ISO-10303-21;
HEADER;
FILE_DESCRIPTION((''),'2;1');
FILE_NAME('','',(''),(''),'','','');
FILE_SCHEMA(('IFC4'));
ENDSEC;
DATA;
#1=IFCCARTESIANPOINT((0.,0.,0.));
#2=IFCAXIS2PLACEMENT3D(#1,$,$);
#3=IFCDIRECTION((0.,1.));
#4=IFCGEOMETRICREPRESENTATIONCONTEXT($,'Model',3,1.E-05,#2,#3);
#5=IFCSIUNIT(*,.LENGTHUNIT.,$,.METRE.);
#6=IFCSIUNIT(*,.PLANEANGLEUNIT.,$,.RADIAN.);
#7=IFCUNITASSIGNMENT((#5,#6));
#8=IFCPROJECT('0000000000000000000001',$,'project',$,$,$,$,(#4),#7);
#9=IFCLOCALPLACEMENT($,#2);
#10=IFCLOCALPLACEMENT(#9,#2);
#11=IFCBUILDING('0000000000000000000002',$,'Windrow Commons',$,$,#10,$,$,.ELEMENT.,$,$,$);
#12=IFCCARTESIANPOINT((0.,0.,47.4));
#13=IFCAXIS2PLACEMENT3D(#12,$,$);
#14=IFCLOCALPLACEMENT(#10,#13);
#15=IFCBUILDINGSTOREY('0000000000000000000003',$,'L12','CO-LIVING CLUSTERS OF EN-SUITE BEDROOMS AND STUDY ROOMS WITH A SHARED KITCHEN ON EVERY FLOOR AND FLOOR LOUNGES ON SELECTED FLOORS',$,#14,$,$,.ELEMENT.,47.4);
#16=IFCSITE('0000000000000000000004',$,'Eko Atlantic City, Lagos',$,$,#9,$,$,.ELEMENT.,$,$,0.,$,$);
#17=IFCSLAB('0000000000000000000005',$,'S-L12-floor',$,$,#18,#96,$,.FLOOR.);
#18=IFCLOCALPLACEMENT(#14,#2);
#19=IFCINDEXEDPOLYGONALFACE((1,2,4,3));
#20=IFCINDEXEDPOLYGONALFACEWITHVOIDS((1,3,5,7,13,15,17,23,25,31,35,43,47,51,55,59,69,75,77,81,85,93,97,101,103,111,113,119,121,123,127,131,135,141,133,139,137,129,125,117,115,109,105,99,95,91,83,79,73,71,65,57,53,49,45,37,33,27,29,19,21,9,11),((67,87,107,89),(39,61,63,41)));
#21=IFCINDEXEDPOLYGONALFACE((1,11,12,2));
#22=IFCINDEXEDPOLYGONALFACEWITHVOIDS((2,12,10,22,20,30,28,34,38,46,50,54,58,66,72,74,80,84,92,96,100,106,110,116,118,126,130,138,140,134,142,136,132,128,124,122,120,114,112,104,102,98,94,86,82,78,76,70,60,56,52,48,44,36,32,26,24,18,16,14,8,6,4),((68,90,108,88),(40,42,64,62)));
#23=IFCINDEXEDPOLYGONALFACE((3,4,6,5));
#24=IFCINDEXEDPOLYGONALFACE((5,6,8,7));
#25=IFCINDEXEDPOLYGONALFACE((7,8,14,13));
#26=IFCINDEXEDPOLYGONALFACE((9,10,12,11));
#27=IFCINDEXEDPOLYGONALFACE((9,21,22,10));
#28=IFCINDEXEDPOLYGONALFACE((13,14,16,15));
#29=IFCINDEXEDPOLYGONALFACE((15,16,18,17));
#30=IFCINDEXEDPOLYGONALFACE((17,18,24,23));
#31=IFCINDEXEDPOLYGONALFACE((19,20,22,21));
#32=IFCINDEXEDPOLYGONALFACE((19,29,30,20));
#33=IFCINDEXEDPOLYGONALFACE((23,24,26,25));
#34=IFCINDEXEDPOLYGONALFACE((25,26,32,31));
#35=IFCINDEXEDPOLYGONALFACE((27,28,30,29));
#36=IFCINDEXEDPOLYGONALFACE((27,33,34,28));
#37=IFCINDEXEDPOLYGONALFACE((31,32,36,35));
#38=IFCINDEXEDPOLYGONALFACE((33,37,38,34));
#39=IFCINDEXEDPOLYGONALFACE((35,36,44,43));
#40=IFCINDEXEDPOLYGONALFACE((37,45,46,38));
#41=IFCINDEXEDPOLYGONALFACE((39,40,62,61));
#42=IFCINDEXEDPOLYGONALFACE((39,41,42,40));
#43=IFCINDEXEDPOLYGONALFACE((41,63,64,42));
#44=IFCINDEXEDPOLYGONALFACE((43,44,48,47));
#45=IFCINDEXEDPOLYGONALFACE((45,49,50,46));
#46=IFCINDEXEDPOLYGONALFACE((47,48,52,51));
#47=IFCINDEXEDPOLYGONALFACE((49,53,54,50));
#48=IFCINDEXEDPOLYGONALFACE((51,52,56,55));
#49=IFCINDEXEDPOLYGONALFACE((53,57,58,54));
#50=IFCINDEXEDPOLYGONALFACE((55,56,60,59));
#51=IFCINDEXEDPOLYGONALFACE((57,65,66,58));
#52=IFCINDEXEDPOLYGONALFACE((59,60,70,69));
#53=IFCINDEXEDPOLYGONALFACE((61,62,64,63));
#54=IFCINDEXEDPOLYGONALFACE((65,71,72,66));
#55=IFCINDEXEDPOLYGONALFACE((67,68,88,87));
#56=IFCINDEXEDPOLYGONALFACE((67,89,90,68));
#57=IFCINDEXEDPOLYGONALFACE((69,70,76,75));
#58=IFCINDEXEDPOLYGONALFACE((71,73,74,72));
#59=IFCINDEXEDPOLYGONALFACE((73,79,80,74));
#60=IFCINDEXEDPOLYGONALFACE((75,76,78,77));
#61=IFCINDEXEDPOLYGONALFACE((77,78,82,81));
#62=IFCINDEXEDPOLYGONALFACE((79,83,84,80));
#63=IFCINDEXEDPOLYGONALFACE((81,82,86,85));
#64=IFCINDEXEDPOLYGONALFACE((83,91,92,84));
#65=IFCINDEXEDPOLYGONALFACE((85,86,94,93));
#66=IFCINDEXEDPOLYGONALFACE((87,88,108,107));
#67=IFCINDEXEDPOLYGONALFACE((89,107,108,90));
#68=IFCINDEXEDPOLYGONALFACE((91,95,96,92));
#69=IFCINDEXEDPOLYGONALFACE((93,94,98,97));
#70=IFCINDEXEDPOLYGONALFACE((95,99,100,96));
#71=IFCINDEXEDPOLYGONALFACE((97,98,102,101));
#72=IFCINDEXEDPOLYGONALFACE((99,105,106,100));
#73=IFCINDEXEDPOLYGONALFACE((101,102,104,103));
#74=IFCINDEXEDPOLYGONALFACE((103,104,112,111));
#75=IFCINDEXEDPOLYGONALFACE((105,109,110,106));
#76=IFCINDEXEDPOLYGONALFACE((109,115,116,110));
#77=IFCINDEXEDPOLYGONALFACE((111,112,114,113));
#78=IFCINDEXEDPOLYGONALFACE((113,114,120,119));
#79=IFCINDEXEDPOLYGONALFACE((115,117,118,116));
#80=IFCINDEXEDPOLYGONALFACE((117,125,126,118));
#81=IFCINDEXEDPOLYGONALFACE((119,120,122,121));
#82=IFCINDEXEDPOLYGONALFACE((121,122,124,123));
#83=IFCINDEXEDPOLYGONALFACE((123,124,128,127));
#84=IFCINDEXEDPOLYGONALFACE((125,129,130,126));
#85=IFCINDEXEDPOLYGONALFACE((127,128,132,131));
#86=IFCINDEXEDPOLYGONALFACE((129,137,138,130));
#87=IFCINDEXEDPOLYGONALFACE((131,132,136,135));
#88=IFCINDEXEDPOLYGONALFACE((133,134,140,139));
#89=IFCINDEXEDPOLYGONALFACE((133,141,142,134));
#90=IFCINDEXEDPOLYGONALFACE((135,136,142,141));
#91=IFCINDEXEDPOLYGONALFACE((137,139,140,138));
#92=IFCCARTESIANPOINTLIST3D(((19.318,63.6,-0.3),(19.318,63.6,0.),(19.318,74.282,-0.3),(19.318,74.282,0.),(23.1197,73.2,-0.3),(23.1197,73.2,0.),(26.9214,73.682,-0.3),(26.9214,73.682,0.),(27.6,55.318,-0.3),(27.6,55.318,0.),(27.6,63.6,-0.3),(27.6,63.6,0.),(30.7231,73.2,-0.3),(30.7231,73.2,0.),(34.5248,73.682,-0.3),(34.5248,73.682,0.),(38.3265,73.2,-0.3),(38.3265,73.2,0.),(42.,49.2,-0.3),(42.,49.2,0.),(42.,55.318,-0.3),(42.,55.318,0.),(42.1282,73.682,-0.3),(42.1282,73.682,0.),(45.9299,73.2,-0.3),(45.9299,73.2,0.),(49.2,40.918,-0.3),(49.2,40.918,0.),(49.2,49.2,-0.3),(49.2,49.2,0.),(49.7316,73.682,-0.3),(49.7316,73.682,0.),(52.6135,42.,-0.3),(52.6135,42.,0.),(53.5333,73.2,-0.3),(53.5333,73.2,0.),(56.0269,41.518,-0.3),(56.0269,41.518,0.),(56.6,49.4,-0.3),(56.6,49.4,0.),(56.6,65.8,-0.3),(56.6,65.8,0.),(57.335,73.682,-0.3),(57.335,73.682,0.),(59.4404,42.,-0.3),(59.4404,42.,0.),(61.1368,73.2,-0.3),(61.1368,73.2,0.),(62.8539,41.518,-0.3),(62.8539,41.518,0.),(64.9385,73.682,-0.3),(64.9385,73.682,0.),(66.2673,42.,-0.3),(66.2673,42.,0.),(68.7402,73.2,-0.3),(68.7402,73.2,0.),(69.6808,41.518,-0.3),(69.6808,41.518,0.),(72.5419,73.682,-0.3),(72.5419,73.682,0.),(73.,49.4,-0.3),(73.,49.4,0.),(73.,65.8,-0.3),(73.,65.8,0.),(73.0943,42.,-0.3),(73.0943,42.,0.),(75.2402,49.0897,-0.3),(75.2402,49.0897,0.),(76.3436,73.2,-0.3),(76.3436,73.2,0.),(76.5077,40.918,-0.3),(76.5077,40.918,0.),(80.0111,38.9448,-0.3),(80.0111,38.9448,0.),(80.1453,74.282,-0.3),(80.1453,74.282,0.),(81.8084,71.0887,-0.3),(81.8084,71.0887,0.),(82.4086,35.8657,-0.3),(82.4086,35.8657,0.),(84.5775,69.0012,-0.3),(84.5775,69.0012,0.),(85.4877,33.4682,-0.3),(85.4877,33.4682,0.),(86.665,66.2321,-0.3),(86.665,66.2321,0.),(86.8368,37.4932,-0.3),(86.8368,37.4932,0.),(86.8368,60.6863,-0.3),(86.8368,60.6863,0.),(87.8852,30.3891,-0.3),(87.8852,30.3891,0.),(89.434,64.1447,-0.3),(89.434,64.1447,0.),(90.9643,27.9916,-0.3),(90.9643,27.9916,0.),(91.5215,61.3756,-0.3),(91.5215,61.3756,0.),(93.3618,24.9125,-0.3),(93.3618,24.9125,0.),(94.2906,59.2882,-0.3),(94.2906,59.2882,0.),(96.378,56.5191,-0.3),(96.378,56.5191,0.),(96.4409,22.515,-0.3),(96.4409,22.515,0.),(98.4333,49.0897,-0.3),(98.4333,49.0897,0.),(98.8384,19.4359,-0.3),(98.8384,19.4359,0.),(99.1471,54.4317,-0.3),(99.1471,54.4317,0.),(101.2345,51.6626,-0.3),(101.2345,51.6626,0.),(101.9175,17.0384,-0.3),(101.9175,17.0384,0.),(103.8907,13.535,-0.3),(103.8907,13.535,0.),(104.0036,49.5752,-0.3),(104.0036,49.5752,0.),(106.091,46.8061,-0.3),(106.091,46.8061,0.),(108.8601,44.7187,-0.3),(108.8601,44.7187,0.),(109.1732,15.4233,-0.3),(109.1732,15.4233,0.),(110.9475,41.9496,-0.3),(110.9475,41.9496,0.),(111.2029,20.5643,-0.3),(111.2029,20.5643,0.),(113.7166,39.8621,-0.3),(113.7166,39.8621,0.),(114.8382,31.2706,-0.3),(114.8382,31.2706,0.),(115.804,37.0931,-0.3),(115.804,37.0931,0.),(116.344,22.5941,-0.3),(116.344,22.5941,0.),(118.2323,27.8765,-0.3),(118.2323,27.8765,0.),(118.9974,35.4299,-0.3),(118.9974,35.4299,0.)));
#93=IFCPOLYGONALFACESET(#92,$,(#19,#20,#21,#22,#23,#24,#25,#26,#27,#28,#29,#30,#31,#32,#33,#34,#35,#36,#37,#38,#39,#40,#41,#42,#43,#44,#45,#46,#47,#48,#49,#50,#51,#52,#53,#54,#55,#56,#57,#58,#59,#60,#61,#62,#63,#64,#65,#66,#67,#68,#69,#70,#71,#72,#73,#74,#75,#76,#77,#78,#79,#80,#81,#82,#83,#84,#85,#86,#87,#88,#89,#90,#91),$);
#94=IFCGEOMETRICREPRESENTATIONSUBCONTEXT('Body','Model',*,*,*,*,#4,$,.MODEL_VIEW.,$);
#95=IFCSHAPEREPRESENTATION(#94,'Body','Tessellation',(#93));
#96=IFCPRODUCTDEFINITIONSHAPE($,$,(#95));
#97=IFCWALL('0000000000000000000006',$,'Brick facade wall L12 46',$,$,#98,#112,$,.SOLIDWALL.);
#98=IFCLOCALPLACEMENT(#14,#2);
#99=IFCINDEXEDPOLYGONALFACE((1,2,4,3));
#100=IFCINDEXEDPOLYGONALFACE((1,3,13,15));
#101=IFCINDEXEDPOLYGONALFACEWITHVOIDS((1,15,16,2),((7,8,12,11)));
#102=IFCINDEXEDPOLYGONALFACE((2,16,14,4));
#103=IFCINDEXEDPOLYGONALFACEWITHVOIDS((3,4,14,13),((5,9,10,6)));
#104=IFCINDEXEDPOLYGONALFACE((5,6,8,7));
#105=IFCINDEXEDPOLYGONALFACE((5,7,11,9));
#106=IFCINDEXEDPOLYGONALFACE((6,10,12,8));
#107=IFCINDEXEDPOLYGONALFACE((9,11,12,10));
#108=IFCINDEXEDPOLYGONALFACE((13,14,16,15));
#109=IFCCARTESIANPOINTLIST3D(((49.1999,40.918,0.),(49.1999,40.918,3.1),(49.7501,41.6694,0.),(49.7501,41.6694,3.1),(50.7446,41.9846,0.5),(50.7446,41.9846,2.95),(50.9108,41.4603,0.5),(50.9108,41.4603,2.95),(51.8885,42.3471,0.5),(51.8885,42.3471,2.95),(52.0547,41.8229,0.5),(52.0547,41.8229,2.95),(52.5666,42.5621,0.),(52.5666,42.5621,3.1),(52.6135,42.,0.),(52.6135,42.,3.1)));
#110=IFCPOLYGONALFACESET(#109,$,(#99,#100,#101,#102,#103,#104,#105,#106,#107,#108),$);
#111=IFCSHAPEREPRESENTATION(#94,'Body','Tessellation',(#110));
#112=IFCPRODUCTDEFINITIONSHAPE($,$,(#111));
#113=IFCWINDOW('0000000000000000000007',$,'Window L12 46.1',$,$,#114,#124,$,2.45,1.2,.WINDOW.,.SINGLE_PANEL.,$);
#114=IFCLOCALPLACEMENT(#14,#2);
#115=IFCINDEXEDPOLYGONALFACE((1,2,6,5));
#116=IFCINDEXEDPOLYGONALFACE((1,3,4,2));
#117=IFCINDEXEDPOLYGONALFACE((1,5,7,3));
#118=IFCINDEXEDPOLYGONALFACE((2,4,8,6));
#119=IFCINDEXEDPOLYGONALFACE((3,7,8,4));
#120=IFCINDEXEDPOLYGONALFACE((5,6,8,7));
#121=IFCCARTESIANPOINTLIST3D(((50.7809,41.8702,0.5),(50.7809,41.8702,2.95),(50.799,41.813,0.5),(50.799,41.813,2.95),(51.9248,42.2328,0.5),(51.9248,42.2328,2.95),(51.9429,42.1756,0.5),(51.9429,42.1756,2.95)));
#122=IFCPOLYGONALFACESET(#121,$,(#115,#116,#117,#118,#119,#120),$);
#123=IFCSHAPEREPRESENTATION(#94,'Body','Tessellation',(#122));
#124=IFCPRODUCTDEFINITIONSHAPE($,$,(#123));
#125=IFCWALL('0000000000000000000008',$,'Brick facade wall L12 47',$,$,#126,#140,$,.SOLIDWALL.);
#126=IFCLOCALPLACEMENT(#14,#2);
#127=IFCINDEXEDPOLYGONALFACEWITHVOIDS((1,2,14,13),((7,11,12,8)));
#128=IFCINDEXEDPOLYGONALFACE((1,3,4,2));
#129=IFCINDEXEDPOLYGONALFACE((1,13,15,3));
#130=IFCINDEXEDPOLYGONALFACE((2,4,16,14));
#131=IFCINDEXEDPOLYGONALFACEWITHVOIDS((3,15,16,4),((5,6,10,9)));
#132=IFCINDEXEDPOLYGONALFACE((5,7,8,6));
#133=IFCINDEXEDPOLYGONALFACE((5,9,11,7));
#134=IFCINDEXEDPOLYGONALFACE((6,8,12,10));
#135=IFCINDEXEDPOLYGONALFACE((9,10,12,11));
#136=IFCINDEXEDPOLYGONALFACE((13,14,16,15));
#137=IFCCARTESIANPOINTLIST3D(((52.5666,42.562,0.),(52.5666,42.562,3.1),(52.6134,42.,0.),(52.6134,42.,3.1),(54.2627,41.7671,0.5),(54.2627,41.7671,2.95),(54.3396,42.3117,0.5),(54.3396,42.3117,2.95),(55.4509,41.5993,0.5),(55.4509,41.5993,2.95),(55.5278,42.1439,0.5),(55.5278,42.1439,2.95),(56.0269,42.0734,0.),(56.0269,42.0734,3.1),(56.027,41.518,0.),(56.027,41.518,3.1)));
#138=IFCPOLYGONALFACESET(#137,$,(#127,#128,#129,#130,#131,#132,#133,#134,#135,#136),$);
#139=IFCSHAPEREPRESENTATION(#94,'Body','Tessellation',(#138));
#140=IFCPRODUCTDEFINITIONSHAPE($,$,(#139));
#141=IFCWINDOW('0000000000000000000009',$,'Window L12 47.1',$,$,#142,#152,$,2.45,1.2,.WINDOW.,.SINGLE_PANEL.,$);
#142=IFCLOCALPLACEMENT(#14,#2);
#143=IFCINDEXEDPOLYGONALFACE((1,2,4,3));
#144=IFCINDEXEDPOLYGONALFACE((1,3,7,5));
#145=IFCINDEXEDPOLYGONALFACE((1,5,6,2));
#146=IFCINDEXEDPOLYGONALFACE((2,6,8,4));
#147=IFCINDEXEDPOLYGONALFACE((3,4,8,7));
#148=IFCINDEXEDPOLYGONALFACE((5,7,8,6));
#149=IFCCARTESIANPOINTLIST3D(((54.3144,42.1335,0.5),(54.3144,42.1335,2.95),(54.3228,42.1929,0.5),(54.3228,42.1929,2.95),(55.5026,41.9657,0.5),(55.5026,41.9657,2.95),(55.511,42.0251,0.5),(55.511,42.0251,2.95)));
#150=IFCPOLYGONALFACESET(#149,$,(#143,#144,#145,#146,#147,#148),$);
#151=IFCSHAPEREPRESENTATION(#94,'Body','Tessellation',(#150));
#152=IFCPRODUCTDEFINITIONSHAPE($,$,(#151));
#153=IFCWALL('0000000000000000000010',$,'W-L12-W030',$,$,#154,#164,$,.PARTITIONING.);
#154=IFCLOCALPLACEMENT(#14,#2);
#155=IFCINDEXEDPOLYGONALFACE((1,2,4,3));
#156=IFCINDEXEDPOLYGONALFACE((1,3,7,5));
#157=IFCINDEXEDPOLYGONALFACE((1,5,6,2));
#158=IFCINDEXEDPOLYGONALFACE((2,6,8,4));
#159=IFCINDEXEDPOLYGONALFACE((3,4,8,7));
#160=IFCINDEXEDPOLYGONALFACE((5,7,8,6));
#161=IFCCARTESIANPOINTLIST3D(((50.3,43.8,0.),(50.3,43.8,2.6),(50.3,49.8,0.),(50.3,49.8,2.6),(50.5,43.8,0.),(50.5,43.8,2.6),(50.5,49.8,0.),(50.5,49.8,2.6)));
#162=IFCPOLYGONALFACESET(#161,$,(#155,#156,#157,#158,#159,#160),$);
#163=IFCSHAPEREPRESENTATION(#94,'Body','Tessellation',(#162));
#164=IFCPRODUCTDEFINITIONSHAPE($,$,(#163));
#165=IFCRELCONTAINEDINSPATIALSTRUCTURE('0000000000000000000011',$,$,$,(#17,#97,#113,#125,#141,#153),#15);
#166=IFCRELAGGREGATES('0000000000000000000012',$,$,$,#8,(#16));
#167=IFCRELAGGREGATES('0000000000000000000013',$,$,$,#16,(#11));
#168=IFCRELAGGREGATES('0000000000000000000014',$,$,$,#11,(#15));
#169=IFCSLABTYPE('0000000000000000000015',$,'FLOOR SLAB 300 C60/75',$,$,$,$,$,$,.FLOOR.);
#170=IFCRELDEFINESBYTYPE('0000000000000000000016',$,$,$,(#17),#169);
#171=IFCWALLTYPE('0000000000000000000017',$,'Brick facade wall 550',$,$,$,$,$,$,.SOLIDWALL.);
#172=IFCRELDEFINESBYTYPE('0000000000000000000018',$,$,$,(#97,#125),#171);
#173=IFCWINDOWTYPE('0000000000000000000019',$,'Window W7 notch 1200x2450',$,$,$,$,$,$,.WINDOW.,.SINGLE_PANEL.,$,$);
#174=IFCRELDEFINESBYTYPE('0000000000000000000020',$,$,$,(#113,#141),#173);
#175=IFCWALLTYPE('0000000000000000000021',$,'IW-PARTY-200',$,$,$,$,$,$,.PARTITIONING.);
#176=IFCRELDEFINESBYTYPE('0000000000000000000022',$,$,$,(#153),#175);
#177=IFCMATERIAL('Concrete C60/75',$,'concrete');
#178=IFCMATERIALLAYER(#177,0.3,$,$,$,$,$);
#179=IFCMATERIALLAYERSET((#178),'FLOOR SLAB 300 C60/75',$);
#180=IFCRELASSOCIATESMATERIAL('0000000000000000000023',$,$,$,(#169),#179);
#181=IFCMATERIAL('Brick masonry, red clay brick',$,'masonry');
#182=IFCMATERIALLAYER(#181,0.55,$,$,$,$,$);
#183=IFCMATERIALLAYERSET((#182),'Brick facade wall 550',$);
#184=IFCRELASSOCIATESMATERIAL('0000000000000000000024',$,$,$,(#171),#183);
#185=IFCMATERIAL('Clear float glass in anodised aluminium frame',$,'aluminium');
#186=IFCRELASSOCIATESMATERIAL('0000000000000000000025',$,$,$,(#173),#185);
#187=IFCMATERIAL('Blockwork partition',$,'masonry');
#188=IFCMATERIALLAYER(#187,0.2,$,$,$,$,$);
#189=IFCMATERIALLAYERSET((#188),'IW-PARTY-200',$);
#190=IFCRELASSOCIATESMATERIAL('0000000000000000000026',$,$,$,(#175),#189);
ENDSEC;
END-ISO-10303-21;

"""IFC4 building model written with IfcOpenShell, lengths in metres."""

from ifc_helpers import new_model, si_unit, direction, frame, frame_2d, origin, place, context, subcontext, project, spatial, polyline, rectangle, outline, extrude, material, layer, layer_set, type_object, element, fill, save


model = new_model("IFC4")

# Units and contexts
model_context = context("Model", 3, precision=1e-05, world=origin(), true_north=direction((0.0, 1.0)))
body_context = subcontext(model_context, "Body", "Model", "MODEL_VIEW")
ifc_project = project(units=[si_unit("LENGTHUNIT", "METRE"), si_unit("PLANEANGLEUNIT", "RADIAN")], contexts=[model_context])

# Site, building, storey
site_placement = place(None, origin())
site = spatial("IfcSite", under=ifc_project, at=site_placement, Name="Eko Atlantic City, Lagos", CompositionType="ELEMENT", RefElevation=0.0)
building_placement = place(site_placement, origin())
building = spatial("IfcBuilding", under=site, at=building_placement, Name="Windrow Commons", CompositionType="ELEMENT")
storey_placement = place(building_placement, frame((0.0, 0.0, 47.4)))
storey = spatial("IfcBuildingStorey", under=building, at=storey_placement, Name="L12", Description="CO-LIVING CLUSTERS OF EN-SUITE BEDROOMS AND STUDY ROOMS WITH A SHARED KITCHEN ON EVERY FLOOR AND FLOOR LOUNGES ON SELECTED FLOORS", CompositionType="ELEMENT", Elevation=47.4)

# Shared definitions
placement_1 = place(storey_placement, frame((0.0, 0.0, -0.3)))

# Slab, openings
ifc_material_1 = material(Name="Concrete C60/75", Category="concrete")
ifc_layer_1 = layer(ifc_material_1, 0.3)
ifc_layer_set_1 = layer_set([ifc_layer_1], Name="FLOOR SLAB 300 C60/75")
slab_type_1 = type_object("IfcSlabType", Name="FLOOR SLAB 300 C60/75", PredefinedType="FLOOR", material=ifc_layer_set_1)
slab_1 = element("IfcSlab", 1, at=placement_1, inside=storey, type_object=slab_type_1, Name="S-L12-floor", PredefinedType="FLOOR", context=body_context, shape_type="SweptSolid", body=[
    extrude(outline(polyline([(101.9175, 17.0384), (103.8907, 13.535), (109.1732, 15.4233), (111.2029, 20.5643), (116.344, 22.5941), (118.2323, 27.8765), (114.8382, 31.2706), (118.9974, 35.4299), (115.804, 37.0931), (113.7166, 39.8621), (110.9475, 41.9496), (108.8601, 44.7187), (106.091, 46.8061), (104.0036, 49.5752), (101.2345, 51.6626), (99.1471, 54.4317), (96.378, 56.5191), (94.2906, 59.2882), (91.5215, 61.3756), (89.434, 64.1447), (86.665, 66.2321), (84.5775, 69.0012), (81.8084, 71.0887), (80.1453, 74.282), (76.3436, 73.2), (72.5419, 73.682), (68.7402, 73.2), (64.9385, 73.682), (61.1368, 73.2), (57.335, 73.682), (53.5333, 73.2), (49.7316, 73.682), (45.9299, 73.2), (42.1282, 73.682), (38.3265, 73.2), (34.5248, 73.682), (30.7231, 73.2), (26.9214, 73.682), (23.1197, 73.2), (19.318, 74.282), (19.318, 63.6), (27.6, 63.6), (27.6, 55.318), (42.0, 55.318), (42.0, 49.2), (49.2, 49.2), (49.2, 40.918), (52.6135, 42.0), (56.0269, 41.518), (59.4404, 42.0), (62.8539, 41.518), (66.2673, 42.0), (69.6808, 41.518), (73.0943, 42.0), (76.5077, 40.918), (80.0111, 38.9448), (82.4086, 35.8657), (85.4877, 33.4682), (87.8852, 30.3891), (90.9643, 27.9916), (93.3618, 24.9125), (96.4409, 22.515), (98.8384, 19.4359), (101.9175, 17.0384)]), holes=[polyline([(75.2402, 49.0897), (86.8368, 60.6863), (98.4333, 49.0897), (86.8368, 37.4932), (75.2402, 49.0897)]), polyline([(56.6, 49.4), (56.6, 65.8), (73.0, 65.8), (73.0, 49.4), (56.6, 49.4)])]), origin(), (0.0, 0.0, 1.0), 0.3),
])
opening_1_placement = place(placement_1, origin())
element("IfcOpeningElement", 2, at=opening_1_placement, cuts=slab_1, PredefinedType="OPENING", context=body_context, shape_type="SweptSolid", body=[
    extrude(outline(polyline([(75.2473, 49.0897), (86.8368, 60.6792), (98.4262, 49.0897), (86.8368, 37.5003), (75.2473, 49.0897)])), origin(), (0.0, 0.0, 1.0), 0.3),
])
opening_2_placement = place(placement_1, origin())
element("IfcOpeningElement", 3, at=opening_2_placement, cuts=slab_1, PredefinedType="OPENING", context=body_context, shape_type="SweptSolid", body=[
    extrude(outline(polyline([(56.605, 49.405), (56.605, 65.795), (72.995, 65.795), (72.995, 49.405), (56.605, 49.405)])), origin(), (0.0, 0.0, 1.0), 0.3),
])

# Walls, openings, windows
ifc_material_2 = material(Name="Brick masonry, red clay brick", Category="masonry")
ifc_layer_2 = layer(ifc_material_2, 0.55)
ifc_layer_set_2 = layer_set([ifc_layer_2], Name="Brick facade wall 550")
wall_type_1 = type_object("IfcWallType", Name="Brick facade wall 550", PredefinedType="SOLIDWALL", material=ifc_layer_set_2)
wall_1_placement = place(storey_placement, frame((49.475, 41.2937, 0.0), z_axis=(0.0, 0.0, 1.0), x_axis=(0.953264, 0.302137, 0.0)))
wall_1 = element("IfcWall", 4, at=wall_1_placement, inside=storey, type_object=wall_type_1, Name="Brick facade wall L12 46", PredefinedType="SOLIDWALL", context=body_context, shape_type="SweptSolid", body=[
    extrude(outline(polyline([(-0.3757, -0.275), (3.2052, -0.275), (3.3303, 0.275), (0.3757, 0.275), (-0.3757, -0.275)])), origin(), (0.0, 0.0, 1.0), 3.1),
])
opening_3_placement = place(wall_1_placement, frame((1.419, 0.0, 0.5)))
opening_3 = element("IfcOpeningElement", 5, at=opening_3_placement, cuts=wall_1, PredefinedType="OPENING", context=body_context, shape_type="SweptSolid", body=[
    extrude(rectangle(XDim=1.2, YDim=2.45, at=frame_2d((0.6, 1.225))), frame((0.0, 0.285, 0.0), z_axis=(0.0, -1.0, 0.0), x_axis=(1.0, 0.0, 0.0)), (0.0, 0.0, 1.0), 0.57),
])
ifc_material_3 = material(Name="Clear float glass in anodised aluminium frame", Category="aluminium")
window_type = type_object("IfcWindowType", Name="Window W7 notch 1200x2450", PartitioningType="SINGLE_PANEL", PredefinedType="WINDOW", material=ifc_material_3)
window_1_placement = place(opening_3_placement, origin())
window_1 = element("IfcWindow", 6, at=window_1_placement, inside=storey, type_object=window_type, Name="Window L12 46.1", OverallHeight=2.45, OverallWidth=1.2, PartitioningType="SINGLE_PANEL", PredefinedType="WINDOW", context=body_context, shape_type="SweptSolid", body=[
    extrude(rectangle(XDim=1.2, YDim=2.45, at=frame_2d((0.6, 1.225))), frame((0.0, 0.155, 0.0), z_axis=(0.0, -1.0, 0.0), x_axis=(1.0, 0.0, 0.0)), (0.0, 0.0, 1.0), 0.06),
])
fill(opening_3, window_1)
wall_2_placement = place(storey_placement, frame((52.59, 42.281, 0.0), z_axis=(0.0, 0.0, 1.0), x_axis=(0.990178, -0.139816, 0.0)))
wall_2 = element("IfcWall", 7, at=wall_2_placement, inside=storey, type_object=wall_type_1, Name="Brick facade wall L12 47", PredefinedType="SOLIDWALL", context=body_context, shape_type="SweptSolid", body=[
    extrude(outline(polyline([(0.0625, -0.275), (3.5099, -0.275), (3.4322, 0.275), (-0.0625, 0.275), (0.0625, -0.275)])), origin(), (0.0, 0.0, 1.0), 3.1),
])
opening_4_placement = place(wall_2_placement, frame((1.7281, 0.0, 0.5)))
opening_4 = element("IfcOpeningElement", 8, at=opening_4_placement, cuts=wall_2, PredefinedType="OPENING", context=body_context, shape_type="SweptSolid", body=[
    extrude(rectangle(XDim=1.2, YDim=2.45, at=frame_2d((0.6, 1.225))), frame((0.0, 0.285, 0.0), z_axis=(0.0, -1.0, 0.0), x_axis=(1.0, 0.0, 0.0)), (0.0, 0.0, 1.0), 0.57),
])
window_2_placement = place(opening_4_placement, origin())
window_2 = element("IfcWindow", 9, at=window_2_placement, inside=storey, type_object=window_type, Name="Window L12 47.1", OverallHeight=2.45, OverallWidth=1.2, PartitioningType="SINGLE_PANEL", PredefinedType="WINDOW", context=body_context, shape_type="SweptSolid", body=[
    extrude(rectangle(XDim=1.2, YDim=2.45, at=frame_2d((0.6, 1.225))), frame((0.0, 0.155, 0.0), z_axis=(0.0, -1.0, 0.0), x_axis=(1.0, 0.0, 0.0)), (0.0, 0.0, 1.0), 0.06),
])
fill(opening_4, window_2)

# Wall
ifc_material_4 = material(Name="Blockwork partition", Category="masonry")
ifc_layer_3 = layer(ifc_material_4, 0.2)
ifc_layer_set_3 = layer_set([ifc_layer_3], Name="IW-PARTY-200")
wall_type_2 = type_object("IfcWallType", Name="IW-PARTY-200", PredefinedType="PARTITIONING", material=ifc_layer_set_3)
wall_3_placement = place(storey_placement, frame((50.4, 43.8, 0.0), z_axis=(0.0, 0.0, 1.0), x_axis=(0.0, 1.0, 0.0)))
element("IfcWall", 10, at=wall_3_placement, inside=storey, type_object=wall_type_2, Name="W-L12-W030", PredefinedType="PARTITIONING", context=body_context, shape_type="SweptSolid", body=[
    extrude(rectangle(XDim=6.0, YDim=0.2, at=frame_2d((3.0, 0.0))), origin(), (0.0, 0.0, 1.0), 2.6),
])

save(model, "model.ifc")
